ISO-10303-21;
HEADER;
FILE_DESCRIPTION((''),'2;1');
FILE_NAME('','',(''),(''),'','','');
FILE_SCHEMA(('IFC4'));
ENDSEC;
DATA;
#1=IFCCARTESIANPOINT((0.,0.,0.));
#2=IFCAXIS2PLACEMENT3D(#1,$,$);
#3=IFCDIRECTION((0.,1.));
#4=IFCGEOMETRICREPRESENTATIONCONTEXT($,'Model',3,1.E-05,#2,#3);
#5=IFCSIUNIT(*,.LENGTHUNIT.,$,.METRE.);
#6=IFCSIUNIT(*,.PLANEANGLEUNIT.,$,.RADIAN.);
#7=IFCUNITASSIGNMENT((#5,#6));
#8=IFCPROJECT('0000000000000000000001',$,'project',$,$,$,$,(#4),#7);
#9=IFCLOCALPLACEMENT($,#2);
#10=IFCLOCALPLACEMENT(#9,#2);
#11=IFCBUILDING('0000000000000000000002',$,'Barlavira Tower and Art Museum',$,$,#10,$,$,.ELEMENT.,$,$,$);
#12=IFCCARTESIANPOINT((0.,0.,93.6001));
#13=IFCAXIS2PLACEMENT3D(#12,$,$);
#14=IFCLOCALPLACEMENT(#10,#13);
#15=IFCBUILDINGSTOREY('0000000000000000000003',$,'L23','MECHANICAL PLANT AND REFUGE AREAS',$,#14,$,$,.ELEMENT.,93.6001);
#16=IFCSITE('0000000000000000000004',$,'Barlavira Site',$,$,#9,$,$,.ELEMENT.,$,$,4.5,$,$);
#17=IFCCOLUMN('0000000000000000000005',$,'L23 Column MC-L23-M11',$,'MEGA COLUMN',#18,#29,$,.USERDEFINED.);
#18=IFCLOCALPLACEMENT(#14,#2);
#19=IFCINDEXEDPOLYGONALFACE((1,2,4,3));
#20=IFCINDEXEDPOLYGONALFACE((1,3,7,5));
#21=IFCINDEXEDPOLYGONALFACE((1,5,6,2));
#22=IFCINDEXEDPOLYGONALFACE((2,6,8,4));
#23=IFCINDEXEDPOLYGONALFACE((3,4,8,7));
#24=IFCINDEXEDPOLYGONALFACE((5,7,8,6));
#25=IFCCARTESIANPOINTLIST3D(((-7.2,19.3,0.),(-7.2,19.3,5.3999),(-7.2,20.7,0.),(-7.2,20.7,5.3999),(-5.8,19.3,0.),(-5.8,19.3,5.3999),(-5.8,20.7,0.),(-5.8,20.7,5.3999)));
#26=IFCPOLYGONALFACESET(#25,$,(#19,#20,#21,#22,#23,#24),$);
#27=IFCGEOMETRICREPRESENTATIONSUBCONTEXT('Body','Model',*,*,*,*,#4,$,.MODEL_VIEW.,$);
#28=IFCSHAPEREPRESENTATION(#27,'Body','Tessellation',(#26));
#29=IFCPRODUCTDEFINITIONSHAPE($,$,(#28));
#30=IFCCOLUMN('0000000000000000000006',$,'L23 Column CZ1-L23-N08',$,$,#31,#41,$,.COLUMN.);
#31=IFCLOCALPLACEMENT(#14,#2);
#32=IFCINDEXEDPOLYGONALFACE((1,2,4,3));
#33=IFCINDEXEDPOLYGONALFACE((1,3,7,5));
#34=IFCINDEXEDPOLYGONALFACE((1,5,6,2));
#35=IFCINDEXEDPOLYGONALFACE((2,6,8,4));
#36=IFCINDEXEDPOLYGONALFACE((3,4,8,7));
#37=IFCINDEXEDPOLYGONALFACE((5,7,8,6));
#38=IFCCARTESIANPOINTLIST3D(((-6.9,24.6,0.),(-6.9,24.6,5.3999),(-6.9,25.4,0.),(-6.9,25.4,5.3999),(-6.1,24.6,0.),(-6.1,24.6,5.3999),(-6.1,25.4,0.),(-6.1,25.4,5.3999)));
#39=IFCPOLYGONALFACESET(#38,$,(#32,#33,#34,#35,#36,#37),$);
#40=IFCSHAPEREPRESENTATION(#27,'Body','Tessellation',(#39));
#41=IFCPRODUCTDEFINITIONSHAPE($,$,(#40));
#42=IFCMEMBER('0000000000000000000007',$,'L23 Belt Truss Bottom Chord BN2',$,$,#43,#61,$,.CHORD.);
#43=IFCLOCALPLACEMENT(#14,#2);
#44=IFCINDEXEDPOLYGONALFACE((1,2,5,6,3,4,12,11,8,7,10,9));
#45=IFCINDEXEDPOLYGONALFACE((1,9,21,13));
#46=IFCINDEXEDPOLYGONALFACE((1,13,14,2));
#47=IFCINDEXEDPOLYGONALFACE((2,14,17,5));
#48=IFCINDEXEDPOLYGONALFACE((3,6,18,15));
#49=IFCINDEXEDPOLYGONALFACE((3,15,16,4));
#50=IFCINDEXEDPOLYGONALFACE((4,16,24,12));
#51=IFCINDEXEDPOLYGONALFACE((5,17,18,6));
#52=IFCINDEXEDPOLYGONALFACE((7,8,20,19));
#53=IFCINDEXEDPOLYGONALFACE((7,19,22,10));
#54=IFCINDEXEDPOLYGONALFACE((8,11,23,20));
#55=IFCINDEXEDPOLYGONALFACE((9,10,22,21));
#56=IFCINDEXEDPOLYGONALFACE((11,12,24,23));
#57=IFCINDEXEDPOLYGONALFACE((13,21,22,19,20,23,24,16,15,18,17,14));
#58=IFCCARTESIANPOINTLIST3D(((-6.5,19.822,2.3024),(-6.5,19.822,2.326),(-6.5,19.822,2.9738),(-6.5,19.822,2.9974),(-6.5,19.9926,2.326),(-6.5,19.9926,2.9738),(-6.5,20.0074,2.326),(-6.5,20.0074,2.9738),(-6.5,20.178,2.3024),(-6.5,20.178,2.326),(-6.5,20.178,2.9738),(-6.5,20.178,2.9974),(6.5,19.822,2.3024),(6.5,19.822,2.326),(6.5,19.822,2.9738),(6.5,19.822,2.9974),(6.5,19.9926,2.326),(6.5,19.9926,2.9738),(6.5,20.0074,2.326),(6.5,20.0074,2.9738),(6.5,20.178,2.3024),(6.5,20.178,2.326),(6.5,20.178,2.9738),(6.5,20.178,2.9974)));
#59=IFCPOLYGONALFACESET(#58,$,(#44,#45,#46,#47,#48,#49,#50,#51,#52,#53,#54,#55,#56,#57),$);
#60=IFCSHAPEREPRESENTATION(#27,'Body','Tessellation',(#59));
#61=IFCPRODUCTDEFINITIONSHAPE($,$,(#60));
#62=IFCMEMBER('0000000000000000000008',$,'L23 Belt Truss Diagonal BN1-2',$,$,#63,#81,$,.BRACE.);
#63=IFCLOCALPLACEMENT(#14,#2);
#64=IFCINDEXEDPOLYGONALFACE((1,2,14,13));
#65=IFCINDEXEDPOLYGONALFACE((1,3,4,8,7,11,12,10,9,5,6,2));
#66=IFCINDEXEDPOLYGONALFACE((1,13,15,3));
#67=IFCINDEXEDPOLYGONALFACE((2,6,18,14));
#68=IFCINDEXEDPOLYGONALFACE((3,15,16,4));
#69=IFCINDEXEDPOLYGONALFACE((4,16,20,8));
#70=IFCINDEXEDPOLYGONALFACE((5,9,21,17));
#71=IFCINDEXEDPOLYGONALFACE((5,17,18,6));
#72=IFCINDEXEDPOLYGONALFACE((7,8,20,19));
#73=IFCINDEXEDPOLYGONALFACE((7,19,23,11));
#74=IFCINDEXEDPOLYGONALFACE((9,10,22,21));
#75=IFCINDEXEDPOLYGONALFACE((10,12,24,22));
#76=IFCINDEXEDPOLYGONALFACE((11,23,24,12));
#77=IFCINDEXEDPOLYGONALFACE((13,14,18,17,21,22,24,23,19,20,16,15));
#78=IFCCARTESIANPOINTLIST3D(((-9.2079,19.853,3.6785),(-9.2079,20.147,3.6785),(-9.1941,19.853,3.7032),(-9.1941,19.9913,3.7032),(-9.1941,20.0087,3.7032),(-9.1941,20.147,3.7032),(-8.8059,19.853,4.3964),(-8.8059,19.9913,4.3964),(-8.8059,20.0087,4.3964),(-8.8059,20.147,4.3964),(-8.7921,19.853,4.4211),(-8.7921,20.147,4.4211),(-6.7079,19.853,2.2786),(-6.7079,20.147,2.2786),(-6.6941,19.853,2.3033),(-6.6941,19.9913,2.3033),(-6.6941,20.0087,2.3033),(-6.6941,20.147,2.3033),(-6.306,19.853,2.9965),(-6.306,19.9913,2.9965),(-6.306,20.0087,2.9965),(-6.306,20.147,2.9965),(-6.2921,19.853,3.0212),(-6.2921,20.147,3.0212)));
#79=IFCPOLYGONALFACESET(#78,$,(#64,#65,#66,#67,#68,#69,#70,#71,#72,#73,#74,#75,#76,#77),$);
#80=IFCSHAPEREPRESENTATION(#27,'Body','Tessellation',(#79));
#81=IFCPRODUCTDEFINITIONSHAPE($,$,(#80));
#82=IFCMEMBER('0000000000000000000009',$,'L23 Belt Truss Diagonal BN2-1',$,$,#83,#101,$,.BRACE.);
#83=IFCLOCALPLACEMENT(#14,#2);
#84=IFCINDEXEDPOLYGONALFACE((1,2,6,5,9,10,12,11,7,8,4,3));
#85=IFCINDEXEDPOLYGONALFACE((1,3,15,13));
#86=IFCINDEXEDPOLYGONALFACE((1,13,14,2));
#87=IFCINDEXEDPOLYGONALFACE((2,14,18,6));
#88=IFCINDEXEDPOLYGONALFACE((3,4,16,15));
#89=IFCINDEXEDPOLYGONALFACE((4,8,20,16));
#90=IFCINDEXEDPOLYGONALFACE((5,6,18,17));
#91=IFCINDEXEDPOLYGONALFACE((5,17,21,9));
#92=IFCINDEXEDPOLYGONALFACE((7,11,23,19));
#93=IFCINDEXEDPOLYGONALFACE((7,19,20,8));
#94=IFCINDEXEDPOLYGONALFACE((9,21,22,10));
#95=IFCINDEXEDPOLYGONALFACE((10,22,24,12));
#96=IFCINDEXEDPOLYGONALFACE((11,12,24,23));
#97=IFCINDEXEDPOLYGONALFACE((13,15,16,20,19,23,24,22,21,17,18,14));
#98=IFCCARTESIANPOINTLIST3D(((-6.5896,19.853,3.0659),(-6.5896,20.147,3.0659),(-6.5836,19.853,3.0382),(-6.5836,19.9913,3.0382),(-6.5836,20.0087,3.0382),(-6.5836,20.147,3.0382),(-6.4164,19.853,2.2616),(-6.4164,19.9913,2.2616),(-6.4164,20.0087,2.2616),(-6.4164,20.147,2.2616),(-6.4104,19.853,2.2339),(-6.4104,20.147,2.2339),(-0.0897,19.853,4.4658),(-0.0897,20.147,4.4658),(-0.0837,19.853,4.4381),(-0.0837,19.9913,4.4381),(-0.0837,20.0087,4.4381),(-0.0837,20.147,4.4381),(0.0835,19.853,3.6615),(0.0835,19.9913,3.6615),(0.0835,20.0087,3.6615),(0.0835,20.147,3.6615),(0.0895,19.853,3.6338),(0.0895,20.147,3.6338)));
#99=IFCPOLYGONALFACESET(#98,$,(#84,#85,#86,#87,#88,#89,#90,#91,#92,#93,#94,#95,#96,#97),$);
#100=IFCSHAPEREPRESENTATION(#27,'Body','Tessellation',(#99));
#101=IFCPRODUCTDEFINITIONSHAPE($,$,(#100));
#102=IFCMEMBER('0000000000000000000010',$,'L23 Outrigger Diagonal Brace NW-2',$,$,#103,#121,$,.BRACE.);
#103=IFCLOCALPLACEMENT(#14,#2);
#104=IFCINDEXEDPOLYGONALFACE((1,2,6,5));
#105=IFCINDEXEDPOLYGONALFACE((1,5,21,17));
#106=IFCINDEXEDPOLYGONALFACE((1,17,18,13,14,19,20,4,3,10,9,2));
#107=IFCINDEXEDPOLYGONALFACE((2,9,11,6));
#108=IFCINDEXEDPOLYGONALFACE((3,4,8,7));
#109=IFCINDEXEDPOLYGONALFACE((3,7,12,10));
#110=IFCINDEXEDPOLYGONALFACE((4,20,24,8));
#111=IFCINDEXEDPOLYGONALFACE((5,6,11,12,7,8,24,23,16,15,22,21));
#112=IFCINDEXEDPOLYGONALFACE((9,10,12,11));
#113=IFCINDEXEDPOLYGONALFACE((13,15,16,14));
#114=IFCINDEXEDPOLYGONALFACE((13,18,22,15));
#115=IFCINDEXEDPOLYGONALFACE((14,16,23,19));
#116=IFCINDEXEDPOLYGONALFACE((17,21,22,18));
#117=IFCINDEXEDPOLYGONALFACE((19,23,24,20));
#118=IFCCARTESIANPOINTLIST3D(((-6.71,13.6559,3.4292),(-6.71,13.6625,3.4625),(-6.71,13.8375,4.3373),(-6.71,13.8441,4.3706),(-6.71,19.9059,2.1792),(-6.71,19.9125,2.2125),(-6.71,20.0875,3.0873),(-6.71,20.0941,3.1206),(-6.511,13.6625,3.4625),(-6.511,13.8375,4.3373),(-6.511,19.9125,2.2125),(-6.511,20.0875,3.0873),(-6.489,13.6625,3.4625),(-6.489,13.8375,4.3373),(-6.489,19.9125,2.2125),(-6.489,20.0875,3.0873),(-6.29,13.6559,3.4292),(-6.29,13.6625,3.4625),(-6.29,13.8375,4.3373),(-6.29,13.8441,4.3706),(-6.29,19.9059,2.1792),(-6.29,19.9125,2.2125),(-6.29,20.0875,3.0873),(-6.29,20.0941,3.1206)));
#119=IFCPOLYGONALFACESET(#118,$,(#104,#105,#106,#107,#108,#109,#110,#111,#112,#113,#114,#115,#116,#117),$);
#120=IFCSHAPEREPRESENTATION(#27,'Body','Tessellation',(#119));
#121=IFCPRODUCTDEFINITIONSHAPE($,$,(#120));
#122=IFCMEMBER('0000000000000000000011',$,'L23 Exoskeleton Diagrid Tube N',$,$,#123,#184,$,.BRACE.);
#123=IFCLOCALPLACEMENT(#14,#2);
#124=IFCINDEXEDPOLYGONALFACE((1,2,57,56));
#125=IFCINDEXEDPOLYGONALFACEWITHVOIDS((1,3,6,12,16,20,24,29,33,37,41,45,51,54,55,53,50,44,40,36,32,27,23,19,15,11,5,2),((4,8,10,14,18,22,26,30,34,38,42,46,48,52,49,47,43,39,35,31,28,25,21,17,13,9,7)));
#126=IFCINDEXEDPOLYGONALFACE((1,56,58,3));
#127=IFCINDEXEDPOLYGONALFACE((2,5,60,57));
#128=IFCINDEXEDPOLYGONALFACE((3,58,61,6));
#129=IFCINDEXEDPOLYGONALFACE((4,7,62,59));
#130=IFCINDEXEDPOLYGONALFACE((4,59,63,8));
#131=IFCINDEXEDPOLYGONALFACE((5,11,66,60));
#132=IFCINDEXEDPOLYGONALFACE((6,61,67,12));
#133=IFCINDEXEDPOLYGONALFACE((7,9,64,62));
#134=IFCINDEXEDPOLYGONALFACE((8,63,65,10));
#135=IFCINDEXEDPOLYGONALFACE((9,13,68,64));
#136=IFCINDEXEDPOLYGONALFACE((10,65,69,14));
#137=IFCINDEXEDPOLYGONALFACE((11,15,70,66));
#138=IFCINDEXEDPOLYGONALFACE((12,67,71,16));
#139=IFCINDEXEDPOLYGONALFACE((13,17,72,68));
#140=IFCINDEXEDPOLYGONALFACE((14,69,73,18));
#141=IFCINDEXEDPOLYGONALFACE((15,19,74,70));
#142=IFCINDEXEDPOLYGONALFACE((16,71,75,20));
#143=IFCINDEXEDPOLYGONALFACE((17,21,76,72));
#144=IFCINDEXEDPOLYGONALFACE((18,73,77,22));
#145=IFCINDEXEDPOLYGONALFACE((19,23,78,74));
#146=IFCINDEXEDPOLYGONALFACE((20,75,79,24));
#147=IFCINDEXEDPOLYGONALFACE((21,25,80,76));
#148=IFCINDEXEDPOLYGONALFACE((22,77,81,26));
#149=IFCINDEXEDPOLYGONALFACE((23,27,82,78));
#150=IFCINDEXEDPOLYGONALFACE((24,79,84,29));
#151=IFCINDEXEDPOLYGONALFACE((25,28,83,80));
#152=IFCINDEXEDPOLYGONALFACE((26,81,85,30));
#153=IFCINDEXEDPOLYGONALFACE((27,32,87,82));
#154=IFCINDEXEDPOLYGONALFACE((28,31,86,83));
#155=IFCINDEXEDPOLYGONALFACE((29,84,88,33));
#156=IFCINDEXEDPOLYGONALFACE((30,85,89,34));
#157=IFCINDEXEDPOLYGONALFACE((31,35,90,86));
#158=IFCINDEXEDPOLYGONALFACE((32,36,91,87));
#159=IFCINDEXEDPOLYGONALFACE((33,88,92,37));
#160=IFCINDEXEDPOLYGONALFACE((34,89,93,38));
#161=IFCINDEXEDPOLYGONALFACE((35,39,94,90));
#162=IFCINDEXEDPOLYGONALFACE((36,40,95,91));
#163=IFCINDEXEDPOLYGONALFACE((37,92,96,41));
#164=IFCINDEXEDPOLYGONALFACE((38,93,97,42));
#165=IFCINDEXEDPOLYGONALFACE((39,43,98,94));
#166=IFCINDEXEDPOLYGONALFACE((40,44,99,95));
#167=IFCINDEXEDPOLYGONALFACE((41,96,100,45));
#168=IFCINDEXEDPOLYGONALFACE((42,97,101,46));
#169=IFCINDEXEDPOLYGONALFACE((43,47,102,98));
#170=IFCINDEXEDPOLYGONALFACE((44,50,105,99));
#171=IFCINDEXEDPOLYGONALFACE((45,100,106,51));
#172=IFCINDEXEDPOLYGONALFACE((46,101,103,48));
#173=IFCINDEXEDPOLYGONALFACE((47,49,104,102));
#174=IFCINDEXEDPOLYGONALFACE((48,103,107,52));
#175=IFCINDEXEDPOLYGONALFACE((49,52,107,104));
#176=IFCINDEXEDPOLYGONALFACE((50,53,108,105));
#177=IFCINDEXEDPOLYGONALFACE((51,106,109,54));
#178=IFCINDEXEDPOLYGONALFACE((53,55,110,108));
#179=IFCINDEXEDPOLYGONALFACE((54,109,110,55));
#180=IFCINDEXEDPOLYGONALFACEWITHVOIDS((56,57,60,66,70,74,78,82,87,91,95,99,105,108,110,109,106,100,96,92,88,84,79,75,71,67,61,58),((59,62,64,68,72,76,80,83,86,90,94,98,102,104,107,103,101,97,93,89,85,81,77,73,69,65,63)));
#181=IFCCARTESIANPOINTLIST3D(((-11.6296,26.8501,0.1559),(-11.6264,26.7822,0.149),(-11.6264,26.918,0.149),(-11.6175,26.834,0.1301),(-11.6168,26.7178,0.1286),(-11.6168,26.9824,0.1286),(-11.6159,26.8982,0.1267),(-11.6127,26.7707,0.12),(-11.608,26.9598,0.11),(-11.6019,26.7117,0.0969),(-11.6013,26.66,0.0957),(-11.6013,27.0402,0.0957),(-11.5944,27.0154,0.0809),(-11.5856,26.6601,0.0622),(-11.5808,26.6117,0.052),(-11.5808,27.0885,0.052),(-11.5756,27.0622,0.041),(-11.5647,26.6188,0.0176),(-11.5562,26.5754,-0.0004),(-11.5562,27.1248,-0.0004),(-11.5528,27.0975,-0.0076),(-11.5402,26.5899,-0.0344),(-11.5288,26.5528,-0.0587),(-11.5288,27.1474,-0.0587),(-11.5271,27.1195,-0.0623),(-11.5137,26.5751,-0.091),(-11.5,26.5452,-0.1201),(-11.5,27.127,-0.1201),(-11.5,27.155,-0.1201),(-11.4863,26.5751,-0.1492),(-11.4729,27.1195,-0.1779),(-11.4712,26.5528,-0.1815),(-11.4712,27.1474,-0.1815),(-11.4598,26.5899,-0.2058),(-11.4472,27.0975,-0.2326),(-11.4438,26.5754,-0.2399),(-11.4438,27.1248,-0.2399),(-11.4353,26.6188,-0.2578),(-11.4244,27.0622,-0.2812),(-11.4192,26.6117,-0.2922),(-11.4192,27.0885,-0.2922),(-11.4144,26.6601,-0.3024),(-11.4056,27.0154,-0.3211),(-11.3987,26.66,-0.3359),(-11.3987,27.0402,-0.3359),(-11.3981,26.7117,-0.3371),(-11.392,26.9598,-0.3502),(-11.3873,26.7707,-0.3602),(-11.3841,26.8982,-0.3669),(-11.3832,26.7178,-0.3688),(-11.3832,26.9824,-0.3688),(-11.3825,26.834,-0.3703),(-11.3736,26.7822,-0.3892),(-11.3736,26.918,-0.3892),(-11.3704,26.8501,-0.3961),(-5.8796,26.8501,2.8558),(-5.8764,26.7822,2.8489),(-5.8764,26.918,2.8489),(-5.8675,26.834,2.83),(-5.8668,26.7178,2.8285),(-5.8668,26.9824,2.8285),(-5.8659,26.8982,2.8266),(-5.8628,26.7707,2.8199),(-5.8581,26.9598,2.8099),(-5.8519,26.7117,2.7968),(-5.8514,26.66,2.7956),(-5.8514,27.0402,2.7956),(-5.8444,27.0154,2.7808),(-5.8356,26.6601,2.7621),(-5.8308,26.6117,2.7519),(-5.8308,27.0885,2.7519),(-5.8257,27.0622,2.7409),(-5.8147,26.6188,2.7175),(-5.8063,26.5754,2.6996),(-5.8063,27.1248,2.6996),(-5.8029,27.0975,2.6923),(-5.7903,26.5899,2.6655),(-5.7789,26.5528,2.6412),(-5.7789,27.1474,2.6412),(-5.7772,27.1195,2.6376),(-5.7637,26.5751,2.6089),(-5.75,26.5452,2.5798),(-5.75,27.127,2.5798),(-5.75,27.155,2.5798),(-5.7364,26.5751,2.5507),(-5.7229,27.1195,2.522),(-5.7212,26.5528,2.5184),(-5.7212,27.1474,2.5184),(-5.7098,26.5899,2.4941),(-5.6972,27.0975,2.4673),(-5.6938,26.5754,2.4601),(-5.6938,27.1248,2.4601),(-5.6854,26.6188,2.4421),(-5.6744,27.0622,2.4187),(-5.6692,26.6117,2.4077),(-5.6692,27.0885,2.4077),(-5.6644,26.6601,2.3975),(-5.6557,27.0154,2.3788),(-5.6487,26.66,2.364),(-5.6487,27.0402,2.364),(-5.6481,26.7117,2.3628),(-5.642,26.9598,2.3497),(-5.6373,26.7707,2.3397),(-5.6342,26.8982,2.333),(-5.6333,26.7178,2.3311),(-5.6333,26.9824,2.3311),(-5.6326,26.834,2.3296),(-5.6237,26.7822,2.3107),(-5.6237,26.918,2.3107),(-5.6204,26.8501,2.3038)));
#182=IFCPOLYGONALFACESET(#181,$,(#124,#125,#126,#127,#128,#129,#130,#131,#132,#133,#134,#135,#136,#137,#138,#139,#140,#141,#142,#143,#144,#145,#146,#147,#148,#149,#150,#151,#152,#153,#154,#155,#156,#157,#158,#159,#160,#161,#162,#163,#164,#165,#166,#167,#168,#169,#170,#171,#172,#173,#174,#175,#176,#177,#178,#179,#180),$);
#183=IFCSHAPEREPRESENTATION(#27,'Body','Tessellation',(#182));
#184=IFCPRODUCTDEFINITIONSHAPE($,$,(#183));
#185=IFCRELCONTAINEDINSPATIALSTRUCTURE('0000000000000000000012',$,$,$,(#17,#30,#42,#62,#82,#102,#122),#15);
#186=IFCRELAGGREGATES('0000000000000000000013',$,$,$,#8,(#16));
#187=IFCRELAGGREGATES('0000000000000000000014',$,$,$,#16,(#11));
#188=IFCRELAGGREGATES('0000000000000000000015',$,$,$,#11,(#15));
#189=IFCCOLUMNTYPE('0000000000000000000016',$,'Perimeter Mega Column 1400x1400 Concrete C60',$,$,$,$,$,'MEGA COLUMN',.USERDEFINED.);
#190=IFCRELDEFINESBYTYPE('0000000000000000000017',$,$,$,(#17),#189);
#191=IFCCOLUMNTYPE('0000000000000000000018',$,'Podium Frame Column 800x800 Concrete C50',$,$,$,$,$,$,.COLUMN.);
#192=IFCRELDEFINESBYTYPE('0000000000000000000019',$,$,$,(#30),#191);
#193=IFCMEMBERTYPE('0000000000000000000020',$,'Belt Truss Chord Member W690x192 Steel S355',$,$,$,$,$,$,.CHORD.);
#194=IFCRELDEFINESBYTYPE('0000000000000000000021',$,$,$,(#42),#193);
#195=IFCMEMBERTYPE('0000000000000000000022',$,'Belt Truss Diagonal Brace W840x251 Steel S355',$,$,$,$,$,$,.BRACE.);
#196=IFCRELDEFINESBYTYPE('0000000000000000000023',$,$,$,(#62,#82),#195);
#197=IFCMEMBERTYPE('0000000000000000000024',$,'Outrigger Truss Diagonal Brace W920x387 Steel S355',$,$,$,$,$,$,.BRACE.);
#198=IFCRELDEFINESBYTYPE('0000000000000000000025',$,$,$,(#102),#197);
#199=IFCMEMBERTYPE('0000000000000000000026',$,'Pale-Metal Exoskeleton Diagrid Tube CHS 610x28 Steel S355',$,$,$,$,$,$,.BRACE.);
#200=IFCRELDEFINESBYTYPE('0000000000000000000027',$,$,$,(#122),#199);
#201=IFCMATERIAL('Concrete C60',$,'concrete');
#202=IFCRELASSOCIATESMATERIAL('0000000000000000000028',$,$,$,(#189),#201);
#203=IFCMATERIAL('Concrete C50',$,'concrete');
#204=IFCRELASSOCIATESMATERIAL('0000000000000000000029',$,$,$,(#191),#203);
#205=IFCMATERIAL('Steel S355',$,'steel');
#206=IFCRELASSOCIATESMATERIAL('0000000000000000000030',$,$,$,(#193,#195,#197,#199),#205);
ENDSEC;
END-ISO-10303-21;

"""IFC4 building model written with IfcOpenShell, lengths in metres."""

from ifc_helpers import new_model, si_unit, direction, frame, origin, origin_2d, place, context, subcontext, project, spatial, rectangle, hollow_circle, i_section, extrude, material, material_profile, profile_set, type_object, element, save


model = new_model("IFC4")

# Units and contexts
model_context = context("Model", 3, precision=1e-05, world=origin(), true_north=direction((0.0, 1.0)))
body_context = subcontext(model_context, "Body", "Model", "MODEL_VIEW")
ifc_project = project(units=[si_unit("LENGTHUNIT", "METRE"), si_unit("PLANEANGLEUNIT", "RADIAN")], contexts=[model_context])

# Site, building, storey
site_placement = place(None, origin())
site = spatial("IfcSite", under=ifc_project, at=site_placement, Name="Barlavira Site", CompositionType="ELEMENT", RefElevation=4.5)
building_placement = place(site_placement, origin())
building = spatial("IfcBuilding", under=site, at=building_placement, Name="Barlavira Tower and Art Museum", CompositionType="ELEMENT")
storey_placement = place(building_placement, frame((0.0, 0.0, 93.6001)))
storey = spatial("IfcBuildingStorey", under=building, at=storey_placement, Name="L23", Description="MECHANICAL PLANT AND REFUGE AREAS", CompositionType="ELEMENT", Elevation=93.6001)

# Columns
ifc_material_1 = material(Name="Concrete C60", Category="concrete")
ifc_material_profile_1 = material_profile(ifc_material_1, rectangle(XDim=1.3999, YDim=1.3999, at=origin_2d()), Name="RC-MCOL 1400x1400")
ifc_profile_set_1 = profile_set([ifc_material_profile_1], Name="Concrete C60")
column_type_1 = type_object("IfcColumnType", Name="Perimeter Mega Column 1400x1400 Concrete C60", ElementType="MEGA COLUMN", PredefinedType="USERDEFINED", material=ifc_profile_set_1)
column_1_placement = place(storey_placement, frame((-6.5, 20.0, 0.0), z_axis=(0.0, 0.0, 1.0), x_axis=(1.0, 0.0, 0.0)))
element("IfcColumn", 1, at=column_1_placement, inside=storey, type_object=column_type_1, Name="L23 Column MC-L23-M11", ObjectType="MEGA COLUMN", PredefinedType="USERDEFINED", context=body_context, shape_type="SweptSolid", body=[
    extrude(rectangle(XDim=1.3999, YDim=1.3999, at=origin_2d()), origin(), (0.0, 0.0, 1.0), 5.3999),
])
ifc_material_2 = material(Name="Concrete C50", Category="concrete")
ifc_material_profile_2 = material_profile(ifc_material_2, rectangle(XDim=0.8, YDim=0.8, at=origin_2d()), Name="RC-COL 800x800")
ifc_profile_set_2 = profile_set([ifc_material_profile_2], Name="Concrete C50")
column_type_2 = type_object("IfcColumnType", Name="Podium Frame Column 800x800 Concrete C50", PredefinedType="COLUMN", material=ifc_profile_set_2)
column_2_placement = place(storey_placement, frame((-6.5, 25.0, 0.0), z_axis=(0.0, 0.0, 1.0), x_axis=(1.0, 0.0, 0.0)))
element("IfcColumn", 2, at=column_2_placement, inside=storey, type_object=column_type_2, Name="L23 Column CZ1-L23-N08", PredefinedType="COLUMN", context=body_context, shape_type="SweptSolid", body=[
    extrude(rectangle(XDim=0.8, YDim=0.8, at=origin_2d()), origin(), (0.0, 0.0, 1.0), 5.3999),
])

# Members
ifc_material_3 = material(Name="Steel S355", Category="steel")
ifc_material_profile_3 = material_profile(ifc_material_3, i_section(OverallWidth=0.356, OverallDepth=0.6951, WebThickness=0.0149, FlangeThickness=0.0237, at=origin_2d()), Name="W690x192.0")
ifc_profile_set_3 = profile_set([ifc_material_profile_3], Name="Steel S355")
member_type_1 = type_object("IfcMemberType", Name="Belt Truss Chord Member W690x192 Steel S355", PredefinedType="CHORD", material=ifc_profile_set_3)
member_1_placement = place(storey_placement, frame((-6.5, 20.0, 2.6499), z_axis=(1.0, 0.0, 0.0), x_axis=(0.0, 1.0, 0.0)))
element("IfcMember", 3, at=member_1_placement, inside=storey, type_object=member_type_1, Name="L23 Belt Truss Bottom Chord BN2", PredefinedType="CHORD", context=body_context, shape_type="SweptSolid", body=[
    extrude(i_section(OverallWidth=0.356, OverallDepth=0.6951, WebThickness=0.0149, FlangeThickness=0.0237, at=origin_2d()), origin(), (0.0, 0.0, 1.0), 13.0),
])
ifc_material_profile_4 = material_profile(ifc_material_3, i_section(OverallWidth=0.2939, OverallDepth=0.8511, WebThickness=0.0173, FlangeThickness=0.0283, at=origin_2d()), Name="W840x251.0")
ifc_profile_set_4 = profile_set([ifc_material_profile_4], Name="Steel S355")
member_type_2 = type_object("IfcMemberType", Name="Belt Truss Diagonal Brace W840x251 Steel S355", PredefinedType="BRACE", material=ifc_profile_set_4)
member_2_placement = place(storey_placement, frame((-9.0, 20.0, 4.0498), z_axis=(0.872521, 0.0, -0.488577), x_axis=(0.0, 1.0, 0.0)))
element("IfcMember", 4, at=member_2_placement, inside=storey, type_object=member_type_2, Name="L23 Belt Truss Diagonal BN1-2", PredefinedType="BRACE", context=body_context, shape_type="SweptSolid", body=[
    extrude(i_section(OverallWidth=0.2939, OverallDepth=0.8511, WebThickness=0.0173, FlangeThickness=0.0283, at=origin_2d()), origin(), (0.0, 0.0, 1.0), 2.8652),
])
member_3_placement = place(storey_placement, frame((-6.5, 20.0, 2.6499), z_axis=(0.977585, 0.0, 0.210542), x_axis=(0.0, 1.0, 0.0)))
element("IfcMember", 5, at=member_3_placement, inside=storey, type_object=member_type_2, Name="L23 Belt Truss Diagonal BN2-1", PredefinedType="BRACE", context=body_context, shape_type="SweptSolid", body=[
    extrude(i_section(OverallWidth=0.2939, OverallDepth=0.8511, WebThickness=0.0173, FlangeThickness=0.0283, at=origin_2d()), origin(), (0.0, 0.0, 1.0), 6.6489),
])
ifc_material_profile_5 = material_profile(ifc_material_3, i_section(OverallWidth=0.4199, OverallDepth=0.96, WebThickness=0.022, FlangeThickness=0.0339, at=origin_2d()), Name="W920x387.0")
ifc_profile_set_5 = profile_set([ifc_material_profile_5], Name="Steel S355")
member_type_3 = type_object("IfcMemberType", Name="Outrigger Truss Diagonal Brace W920x387 Steel S355", PredefinedType="BRACE", material=ifc_profile_set_5)
member_4_placement = place(storey_placement, frame((-6.5, 13.75, 3.8999), z_axis=(0.0, 0.980581, -0.196116), x_axis=(-1.0, 0.0, 0.0)))
element("IfcMember", 6, at=member_4_placement, inside=storey, type_object=member_type_3, Name="L23 Outrigger Diagonal Brace NW-2", PredefinedType="BRACE", context=body_context, shape_type="SweptSolid", body=[
    extrude(i_section(OverallWidth=0.4199, OverallDepth=0.96, WebThickness=0.022, FlangeThickness=0.0339, at=origin_2d()), origin(), (0.0, 0.0, 1.0), 6.3738),
])
ifc_material_profile_6 = material_profile(ifc_material_3, hollow_circle(Radius=0.3049, WallThickness=0.0281, at=origin_2d()), Name="CHS 610.0x28.0")
ifc_profile_set_6 = profile_set([ifc_material_profile_6], Name="Steel S355")
member_type_4 = type_object("IfcMemberType", Name="Pale-Metal Exoskeleton Diagrid Tube CHS 610x28 Steel S355", PredefinedType="BRACE", material=ifc_profile_set_6)
for number, where, z_axis, x_axis, name in (
    (7, (-11.5, 26.8501, -0.1201), (0.905178, 0.0, 0.425032), (0.0, 1.0, 0.0), "L23 Exoskeleton Diagrid Tube N"),
):
    element("IfcMember", number, at=place(storey_placement, frame(where, z_axis=z_axis, x_axis=x_axis)), inside=storey, type_object=member_type_4, Name=name, PredefinedType="BRACE", context=body_context, shape_type="SweptSolid", body=[
        extrude(hollow_circle(Radius=0.3049, WallThickness=0.0281, at=origin_2d()), origin(), (0.0, 0.0, 1.0), 6.3523),
    ])

save(model, "model.ifc")
